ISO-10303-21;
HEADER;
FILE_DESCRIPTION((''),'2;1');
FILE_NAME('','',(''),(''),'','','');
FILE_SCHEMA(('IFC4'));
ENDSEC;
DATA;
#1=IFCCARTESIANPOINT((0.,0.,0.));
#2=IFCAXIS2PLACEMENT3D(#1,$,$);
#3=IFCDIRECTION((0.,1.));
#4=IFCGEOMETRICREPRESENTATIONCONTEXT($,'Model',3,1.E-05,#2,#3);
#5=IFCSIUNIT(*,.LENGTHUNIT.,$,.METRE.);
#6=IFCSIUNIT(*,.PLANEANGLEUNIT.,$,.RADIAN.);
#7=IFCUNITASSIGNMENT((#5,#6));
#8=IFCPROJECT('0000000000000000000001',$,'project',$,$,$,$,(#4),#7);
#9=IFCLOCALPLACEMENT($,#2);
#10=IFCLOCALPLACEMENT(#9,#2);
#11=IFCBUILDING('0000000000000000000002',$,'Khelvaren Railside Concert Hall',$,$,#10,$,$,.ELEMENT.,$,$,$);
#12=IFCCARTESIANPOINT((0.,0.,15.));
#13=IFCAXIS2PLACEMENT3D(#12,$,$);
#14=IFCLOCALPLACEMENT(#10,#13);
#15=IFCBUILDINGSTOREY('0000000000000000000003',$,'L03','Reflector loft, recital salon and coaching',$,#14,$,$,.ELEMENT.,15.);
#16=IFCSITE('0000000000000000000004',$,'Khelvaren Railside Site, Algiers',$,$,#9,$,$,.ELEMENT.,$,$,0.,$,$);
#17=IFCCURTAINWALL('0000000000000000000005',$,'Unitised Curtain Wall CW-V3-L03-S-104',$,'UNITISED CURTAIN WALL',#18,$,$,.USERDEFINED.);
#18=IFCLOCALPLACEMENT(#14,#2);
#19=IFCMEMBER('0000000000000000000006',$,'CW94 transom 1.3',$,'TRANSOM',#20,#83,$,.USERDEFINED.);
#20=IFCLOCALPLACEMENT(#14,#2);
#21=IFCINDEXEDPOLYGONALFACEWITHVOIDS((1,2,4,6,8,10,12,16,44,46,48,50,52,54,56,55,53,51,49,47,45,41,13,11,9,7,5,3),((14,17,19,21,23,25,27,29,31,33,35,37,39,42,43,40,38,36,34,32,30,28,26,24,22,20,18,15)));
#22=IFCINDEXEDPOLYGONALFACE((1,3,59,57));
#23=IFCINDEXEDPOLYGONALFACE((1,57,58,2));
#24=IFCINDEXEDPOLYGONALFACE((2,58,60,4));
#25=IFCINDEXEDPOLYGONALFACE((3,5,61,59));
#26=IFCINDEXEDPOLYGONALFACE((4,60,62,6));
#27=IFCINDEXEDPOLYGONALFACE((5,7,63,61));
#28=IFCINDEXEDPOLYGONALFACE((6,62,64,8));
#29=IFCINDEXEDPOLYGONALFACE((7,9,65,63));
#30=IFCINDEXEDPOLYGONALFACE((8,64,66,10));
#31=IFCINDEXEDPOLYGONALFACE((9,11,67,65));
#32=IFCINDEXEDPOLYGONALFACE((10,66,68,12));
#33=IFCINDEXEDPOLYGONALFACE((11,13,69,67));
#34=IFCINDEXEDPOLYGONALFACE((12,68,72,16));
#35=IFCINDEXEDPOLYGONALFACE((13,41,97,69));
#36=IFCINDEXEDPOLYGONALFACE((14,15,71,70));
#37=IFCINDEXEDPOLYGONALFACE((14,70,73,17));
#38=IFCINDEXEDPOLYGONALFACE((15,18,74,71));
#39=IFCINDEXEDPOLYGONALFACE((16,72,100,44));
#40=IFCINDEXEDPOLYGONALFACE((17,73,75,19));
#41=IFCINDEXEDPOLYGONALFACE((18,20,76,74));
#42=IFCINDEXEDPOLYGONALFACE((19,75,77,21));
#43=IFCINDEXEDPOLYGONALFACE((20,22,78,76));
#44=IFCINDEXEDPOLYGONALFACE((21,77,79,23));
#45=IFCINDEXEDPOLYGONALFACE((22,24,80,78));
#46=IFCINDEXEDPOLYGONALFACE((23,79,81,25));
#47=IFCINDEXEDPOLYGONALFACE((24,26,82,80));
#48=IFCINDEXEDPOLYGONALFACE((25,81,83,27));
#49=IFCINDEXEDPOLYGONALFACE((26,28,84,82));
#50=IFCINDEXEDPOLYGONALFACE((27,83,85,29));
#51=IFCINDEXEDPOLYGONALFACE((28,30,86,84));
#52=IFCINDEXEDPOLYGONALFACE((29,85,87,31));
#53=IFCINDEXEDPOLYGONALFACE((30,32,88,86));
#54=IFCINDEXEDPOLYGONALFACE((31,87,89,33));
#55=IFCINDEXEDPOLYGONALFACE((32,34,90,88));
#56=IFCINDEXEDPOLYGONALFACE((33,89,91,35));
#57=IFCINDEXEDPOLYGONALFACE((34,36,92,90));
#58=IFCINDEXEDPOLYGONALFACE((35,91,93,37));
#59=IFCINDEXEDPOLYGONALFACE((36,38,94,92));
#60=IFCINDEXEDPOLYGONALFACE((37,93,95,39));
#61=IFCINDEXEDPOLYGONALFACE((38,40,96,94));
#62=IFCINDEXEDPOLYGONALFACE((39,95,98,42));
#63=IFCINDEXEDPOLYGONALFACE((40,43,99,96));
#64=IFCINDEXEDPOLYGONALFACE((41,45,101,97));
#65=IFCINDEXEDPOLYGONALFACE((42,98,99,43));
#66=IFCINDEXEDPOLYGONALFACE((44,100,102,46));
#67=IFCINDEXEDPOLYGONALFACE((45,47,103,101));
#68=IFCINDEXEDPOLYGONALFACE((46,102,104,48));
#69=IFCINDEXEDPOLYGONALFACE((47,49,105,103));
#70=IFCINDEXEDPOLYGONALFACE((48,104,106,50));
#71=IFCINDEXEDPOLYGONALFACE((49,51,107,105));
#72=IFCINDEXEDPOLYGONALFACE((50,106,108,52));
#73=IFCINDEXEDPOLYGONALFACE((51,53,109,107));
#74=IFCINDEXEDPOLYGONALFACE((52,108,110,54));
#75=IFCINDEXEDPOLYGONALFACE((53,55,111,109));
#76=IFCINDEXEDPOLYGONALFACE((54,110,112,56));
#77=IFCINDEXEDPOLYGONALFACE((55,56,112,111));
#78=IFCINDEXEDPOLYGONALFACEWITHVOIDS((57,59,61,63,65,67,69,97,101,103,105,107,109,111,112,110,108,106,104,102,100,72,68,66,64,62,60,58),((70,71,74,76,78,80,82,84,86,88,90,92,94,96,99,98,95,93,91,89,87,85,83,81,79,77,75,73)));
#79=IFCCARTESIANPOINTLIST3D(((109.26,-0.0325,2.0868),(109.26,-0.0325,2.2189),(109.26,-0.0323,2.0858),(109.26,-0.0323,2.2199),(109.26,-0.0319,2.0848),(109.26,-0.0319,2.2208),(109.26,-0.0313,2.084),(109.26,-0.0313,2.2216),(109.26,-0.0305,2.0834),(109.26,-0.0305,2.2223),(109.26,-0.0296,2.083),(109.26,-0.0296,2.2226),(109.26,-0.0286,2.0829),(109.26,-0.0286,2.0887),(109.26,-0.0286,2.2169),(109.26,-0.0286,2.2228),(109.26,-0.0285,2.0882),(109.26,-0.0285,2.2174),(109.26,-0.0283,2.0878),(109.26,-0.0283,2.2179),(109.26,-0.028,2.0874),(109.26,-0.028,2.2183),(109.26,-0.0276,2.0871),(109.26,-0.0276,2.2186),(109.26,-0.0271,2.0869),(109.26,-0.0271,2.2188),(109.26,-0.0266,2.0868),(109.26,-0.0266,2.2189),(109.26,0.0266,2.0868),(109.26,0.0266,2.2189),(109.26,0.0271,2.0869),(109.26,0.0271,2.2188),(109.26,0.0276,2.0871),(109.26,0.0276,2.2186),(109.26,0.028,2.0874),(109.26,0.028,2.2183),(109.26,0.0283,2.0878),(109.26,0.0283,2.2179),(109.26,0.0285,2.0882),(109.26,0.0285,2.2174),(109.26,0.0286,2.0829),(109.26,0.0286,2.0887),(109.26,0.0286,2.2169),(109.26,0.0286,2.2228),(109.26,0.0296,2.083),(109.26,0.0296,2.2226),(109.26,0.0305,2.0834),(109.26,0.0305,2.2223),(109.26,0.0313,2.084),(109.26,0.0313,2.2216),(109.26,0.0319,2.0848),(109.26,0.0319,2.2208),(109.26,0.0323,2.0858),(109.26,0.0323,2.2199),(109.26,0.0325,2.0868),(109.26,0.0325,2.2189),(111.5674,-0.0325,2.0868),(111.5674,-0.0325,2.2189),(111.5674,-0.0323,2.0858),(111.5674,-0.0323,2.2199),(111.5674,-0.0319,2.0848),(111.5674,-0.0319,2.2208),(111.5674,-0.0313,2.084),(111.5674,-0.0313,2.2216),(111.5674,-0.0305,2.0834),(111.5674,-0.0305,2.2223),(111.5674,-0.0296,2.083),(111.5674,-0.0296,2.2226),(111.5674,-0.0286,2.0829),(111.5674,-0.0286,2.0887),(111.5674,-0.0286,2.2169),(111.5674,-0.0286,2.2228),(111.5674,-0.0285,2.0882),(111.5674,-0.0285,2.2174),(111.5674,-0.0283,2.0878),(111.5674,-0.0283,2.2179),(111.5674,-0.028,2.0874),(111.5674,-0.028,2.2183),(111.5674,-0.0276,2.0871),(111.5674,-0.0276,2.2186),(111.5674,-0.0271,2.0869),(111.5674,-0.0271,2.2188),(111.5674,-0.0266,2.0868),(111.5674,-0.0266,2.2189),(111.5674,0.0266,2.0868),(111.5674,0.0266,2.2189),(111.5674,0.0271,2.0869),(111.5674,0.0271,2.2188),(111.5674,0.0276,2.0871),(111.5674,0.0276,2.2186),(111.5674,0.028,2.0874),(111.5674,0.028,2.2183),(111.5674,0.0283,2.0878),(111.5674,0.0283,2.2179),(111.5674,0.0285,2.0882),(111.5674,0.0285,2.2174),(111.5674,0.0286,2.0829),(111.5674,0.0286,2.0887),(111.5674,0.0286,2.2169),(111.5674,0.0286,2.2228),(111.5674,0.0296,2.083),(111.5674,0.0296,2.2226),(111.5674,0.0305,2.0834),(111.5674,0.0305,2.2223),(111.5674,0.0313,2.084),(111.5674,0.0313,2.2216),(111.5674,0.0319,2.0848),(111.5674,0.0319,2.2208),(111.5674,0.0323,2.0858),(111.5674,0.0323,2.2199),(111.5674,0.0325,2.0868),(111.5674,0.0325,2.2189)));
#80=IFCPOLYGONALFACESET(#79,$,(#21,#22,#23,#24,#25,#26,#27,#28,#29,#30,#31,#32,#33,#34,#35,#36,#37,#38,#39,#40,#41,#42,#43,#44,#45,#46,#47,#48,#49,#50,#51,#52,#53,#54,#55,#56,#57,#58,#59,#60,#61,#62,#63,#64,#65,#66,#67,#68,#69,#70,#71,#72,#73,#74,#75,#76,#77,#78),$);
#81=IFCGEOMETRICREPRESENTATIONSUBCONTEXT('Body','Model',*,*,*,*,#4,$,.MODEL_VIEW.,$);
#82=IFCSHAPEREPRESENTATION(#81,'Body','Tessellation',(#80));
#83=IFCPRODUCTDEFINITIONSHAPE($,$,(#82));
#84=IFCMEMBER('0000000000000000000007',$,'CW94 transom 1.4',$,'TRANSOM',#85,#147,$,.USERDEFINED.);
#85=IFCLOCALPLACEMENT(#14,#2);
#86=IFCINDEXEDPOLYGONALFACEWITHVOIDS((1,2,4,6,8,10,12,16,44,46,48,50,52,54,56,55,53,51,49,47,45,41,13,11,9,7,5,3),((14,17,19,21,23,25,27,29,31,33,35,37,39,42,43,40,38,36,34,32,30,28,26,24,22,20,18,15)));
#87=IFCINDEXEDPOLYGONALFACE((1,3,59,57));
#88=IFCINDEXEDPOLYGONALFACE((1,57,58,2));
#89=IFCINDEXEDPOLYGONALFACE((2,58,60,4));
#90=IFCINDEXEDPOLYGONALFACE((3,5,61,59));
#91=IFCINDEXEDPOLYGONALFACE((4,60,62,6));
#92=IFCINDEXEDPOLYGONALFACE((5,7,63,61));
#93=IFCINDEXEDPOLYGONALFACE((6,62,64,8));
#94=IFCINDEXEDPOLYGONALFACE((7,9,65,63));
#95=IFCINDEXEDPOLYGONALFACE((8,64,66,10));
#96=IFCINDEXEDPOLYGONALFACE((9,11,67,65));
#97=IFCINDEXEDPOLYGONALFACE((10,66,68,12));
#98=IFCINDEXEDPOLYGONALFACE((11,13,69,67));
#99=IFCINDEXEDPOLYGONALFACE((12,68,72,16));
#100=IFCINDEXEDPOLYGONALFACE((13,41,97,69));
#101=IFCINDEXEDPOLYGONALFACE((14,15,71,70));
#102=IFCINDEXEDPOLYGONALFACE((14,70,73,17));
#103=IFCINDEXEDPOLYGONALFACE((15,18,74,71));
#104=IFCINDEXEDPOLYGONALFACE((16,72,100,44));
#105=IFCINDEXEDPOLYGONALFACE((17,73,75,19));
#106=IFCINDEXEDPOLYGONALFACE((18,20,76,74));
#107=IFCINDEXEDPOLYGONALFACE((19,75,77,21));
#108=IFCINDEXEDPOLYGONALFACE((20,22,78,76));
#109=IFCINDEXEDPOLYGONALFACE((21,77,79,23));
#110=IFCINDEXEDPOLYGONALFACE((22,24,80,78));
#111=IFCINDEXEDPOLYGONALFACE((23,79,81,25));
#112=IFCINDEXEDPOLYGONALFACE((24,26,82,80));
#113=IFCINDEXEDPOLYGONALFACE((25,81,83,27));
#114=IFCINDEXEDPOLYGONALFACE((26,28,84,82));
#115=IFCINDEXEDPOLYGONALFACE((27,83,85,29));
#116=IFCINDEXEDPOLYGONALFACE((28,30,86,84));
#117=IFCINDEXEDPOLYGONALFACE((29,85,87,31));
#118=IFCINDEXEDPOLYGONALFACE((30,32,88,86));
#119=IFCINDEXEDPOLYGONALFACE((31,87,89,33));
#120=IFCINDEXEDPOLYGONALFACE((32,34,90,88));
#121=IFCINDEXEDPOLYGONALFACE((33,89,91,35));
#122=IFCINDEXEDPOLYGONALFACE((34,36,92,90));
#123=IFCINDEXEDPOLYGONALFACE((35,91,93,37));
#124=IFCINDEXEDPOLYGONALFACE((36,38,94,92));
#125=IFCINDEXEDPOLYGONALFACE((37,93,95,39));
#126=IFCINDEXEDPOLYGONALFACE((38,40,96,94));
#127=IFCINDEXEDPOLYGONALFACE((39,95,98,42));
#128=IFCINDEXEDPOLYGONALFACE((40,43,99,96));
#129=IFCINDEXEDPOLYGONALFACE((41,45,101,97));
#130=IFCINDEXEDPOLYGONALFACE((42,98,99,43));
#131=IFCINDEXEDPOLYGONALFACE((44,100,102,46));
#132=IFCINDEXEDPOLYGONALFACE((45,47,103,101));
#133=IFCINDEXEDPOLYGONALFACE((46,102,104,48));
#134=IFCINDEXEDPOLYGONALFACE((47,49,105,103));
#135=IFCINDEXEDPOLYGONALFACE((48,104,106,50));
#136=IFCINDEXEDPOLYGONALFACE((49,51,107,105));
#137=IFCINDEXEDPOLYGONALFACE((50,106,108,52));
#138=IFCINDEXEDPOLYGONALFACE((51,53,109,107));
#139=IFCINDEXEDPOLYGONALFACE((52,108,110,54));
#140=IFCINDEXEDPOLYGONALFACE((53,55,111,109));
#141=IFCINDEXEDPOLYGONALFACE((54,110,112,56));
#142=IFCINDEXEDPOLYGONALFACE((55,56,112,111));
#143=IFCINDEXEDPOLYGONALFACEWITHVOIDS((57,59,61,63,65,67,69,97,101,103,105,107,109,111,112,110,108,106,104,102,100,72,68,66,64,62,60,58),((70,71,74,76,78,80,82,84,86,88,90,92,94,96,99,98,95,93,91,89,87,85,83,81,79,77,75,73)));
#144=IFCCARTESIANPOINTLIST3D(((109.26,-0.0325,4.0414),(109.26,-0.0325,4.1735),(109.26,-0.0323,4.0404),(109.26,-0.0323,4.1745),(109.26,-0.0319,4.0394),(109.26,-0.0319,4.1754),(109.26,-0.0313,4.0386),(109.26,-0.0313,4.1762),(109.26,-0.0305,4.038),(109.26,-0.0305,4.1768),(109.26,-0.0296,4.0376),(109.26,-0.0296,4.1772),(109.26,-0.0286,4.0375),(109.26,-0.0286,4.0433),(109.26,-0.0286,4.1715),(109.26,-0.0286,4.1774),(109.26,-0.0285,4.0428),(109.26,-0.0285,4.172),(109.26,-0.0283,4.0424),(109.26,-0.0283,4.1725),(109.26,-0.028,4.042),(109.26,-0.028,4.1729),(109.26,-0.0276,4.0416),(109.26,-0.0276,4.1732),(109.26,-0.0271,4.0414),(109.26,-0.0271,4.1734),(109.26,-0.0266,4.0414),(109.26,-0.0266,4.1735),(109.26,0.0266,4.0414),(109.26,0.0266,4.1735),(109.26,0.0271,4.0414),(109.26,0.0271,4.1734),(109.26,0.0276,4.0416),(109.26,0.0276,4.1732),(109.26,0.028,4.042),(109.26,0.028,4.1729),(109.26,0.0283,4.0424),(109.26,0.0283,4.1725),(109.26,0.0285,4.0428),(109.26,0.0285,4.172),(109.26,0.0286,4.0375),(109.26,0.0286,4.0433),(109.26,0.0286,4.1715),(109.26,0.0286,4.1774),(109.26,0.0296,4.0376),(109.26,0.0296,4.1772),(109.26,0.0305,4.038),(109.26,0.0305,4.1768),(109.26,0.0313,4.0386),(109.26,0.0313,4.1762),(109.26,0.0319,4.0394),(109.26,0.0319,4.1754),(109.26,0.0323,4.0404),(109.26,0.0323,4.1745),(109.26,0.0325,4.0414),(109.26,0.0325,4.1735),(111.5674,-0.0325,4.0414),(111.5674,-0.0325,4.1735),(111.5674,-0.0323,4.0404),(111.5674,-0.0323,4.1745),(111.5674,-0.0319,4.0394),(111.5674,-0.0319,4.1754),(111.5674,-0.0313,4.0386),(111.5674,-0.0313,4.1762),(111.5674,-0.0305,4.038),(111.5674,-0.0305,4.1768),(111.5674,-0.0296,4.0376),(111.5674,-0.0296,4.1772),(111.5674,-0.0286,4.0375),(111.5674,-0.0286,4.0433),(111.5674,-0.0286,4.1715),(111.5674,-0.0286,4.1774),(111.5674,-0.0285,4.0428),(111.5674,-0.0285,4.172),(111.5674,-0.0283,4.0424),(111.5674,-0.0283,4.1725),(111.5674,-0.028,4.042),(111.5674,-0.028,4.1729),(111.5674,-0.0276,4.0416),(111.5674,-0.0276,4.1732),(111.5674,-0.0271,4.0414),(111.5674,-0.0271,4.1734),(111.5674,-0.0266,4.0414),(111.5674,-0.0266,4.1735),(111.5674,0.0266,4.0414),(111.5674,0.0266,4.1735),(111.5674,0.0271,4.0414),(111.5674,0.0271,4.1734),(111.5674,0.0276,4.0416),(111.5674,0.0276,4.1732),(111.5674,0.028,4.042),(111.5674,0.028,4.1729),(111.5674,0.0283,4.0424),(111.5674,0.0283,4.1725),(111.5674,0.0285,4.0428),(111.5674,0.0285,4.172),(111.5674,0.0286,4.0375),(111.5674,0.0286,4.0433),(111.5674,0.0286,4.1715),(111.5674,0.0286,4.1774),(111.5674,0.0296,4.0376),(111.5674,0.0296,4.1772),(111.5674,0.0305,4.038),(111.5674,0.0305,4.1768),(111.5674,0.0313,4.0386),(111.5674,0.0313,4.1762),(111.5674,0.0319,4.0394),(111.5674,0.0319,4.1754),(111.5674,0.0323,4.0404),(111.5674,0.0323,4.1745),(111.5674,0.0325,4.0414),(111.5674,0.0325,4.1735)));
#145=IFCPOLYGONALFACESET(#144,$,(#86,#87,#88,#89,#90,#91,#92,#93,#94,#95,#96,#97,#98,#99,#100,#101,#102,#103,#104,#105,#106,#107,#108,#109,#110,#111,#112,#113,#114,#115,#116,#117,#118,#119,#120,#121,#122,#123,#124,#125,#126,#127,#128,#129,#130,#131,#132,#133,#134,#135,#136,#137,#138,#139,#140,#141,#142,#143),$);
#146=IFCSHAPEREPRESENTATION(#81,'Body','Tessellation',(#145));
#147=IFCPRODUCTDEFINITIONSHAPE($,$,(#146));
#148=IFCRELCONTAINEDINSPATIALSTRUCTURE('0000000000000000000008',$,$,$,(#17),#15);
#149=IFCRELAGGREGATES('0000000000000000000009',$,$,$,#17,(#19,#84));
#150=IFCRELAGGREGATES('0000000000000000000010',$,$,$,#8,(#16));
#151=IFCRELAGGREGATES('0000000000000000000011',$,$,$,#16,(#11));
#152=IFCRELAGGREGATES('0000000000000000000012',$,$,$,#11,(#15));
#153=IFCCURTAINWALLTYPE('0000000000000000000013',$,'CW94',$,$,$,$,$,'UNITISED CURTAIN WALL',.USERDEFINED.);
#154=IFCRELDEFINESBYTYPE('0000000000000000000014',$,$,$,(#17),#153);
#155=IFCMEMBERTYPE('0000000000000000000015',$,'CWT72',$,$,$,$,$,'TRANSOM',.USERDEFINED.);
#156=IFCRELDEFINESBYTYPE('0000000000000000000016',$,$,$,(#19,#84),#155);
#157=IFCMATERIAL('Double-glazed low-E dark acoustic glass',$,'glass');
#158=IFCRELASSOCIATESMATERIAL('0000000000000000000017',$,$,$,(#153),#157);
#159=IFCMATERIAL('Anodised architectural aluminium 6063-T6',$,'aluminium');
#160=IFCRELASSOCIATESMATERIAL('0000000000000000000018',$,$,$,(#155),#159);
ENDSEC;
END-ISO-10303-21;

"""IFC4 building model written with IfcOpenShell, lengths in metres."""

from ifc_helpers import new_model, si_unit, direction, frame, origin, origin_2d, place, context, subcontext, project, spatial, hollow_rectangle, extrude, material, material_profile, profile_set, type_object, element, aggregate, save


model = new_model("IFC4")

# Units and contexts
model_context = context("Model", 3, precision=1e-05, world=origin(), true_north=direction((0.0, 1.0)))
body_context = subcontext(model_context, "Body", "Model", "MODEL_VIEW")
ifc_project = project(units=[si_unit("LENGTHUNIT", "METRE"), si_unit("PLANEANGLEUNIT", "RADIAN")], contexts=[model_context])

# Site, building, storey
site_placement = place(None, origin())
site = spatial("IfcSite", under=ifc_project, at=site_placement, Name="Khelvaren Railside Site, Algiers", CompositionType="ELEMENT", RefElevation=0.0)
building_placement = place(site_placement, origin())
building = spatial("IfcBuilding", under=site, at=building_placement, Name="Khelvaren Railside Concert Hall", CompositionType="ELEMENT")
storey_placement = place(building_placement, frame((0.0, 0.0, 15.0)))
storey = spatial("IfcBuildingStorey", under=building, at=storey_placement, Name="L03", Description="Reflector loft, recital salon and coaching", CompositionType="ELEMENT", Elevation=15.0)

# Curtain wall
ifc_material_1 = material(Name="Double-glazed low-E dark acoustic glass", Category="glass")
curtain_wall_type_1 = type_object("IfcCurtainWallType", Name="CW94", ElementType="UNITISED CURTAIN WALL", PredefinedType="USERDEFINED", material=ifc_material_1)
curtain_wall_1_placement = place(storey_placement, origin())
curtain_wall_1 = element("IfcCurtainWall", 1, at=curtain_wall_1_placement, inside=storey, type_object=curtain_wall_type_1, Name="Unitised Curtain Wall CW-V3-L03-S-104", ObjectType="UNITISED CURTAIN WALL", PredefinedType="USERDEFINED")
ifc_material_2 = material(Name="Anodised architectural aluminium 6063-T6", Category="aluminium")

# Members
ifc_material_profile_1 = material_profile(ifc_material_2, hollow_rectangle(XDim=0.0649, YDim=0.1399, WallThickness=0.0039, InnerFilletRadius=0.002, OuterFilletRadius=0.0039, at=origin_2d()), Name="CWT 65x140x4")
ifc_profile_set_1 = profile_set([ifc_material_profile_1], Name="Anodised architectural aluminium 6063-T6")
member_type_1 = type_object("IfcMemberType", Name="CWT72", ElementType="TRANSOM", PredefinedType="USERDEFINED", material=ifc_profile_set_1)
member_1_placement = place(storey_placement, frame((111.5674, 0.0, 2.1528), z_axis=(-1.0, 0.0, 0.0), x_axis=(0.0, -1.0, 0.0)))
member_1 = element("IfcMember", 2, at=member_1_placement, type_object=member_type_1, Name="CW94 transom 1.3", ObjectType="TRANSOM", PredefinedType="USERDEFINED", context=body_context, shape_type="SweptSolid", body=[
    extrude(hollow_rectangle(XDim=0.0649, YDim=0.1399, WallThickness=0.0039, InnerFilletRadius=0.002, OuterFilletRadius=0.0039, at=origin_2d()), origin(), (0.0, 0.0, 1.0), 2.3074),
])
member_2_placement = place(storey_placement, frame((111.5674, 0.0, 4.1074), z_axis=(-1.0, 0.0, 0.0), x_axis=(0.0, -1.0, 0.0)))
member_2 = element("IfcMember", 3, at=member_2_placement, type_object=member_type_1, Name="CW94 transom 1.4", ObjectType="TRANSOM", PredefinedType="USERDEFINED", context=body_context, shape_type="SweptSolid", body=[
    extrude(hollow_rectangle(XDim=0.0649, YDim=0.1399, WallThickness=0.0039, InnerFilletRadius=0.002, OuterFilletRadius=0.0039, at=origin_2d()), origin(), (0.0, 0.0, 1.0), 2.3074),
])

aggregate(curtain_wall_1, [member_1, member_2])

save(model, "model.ifc")
